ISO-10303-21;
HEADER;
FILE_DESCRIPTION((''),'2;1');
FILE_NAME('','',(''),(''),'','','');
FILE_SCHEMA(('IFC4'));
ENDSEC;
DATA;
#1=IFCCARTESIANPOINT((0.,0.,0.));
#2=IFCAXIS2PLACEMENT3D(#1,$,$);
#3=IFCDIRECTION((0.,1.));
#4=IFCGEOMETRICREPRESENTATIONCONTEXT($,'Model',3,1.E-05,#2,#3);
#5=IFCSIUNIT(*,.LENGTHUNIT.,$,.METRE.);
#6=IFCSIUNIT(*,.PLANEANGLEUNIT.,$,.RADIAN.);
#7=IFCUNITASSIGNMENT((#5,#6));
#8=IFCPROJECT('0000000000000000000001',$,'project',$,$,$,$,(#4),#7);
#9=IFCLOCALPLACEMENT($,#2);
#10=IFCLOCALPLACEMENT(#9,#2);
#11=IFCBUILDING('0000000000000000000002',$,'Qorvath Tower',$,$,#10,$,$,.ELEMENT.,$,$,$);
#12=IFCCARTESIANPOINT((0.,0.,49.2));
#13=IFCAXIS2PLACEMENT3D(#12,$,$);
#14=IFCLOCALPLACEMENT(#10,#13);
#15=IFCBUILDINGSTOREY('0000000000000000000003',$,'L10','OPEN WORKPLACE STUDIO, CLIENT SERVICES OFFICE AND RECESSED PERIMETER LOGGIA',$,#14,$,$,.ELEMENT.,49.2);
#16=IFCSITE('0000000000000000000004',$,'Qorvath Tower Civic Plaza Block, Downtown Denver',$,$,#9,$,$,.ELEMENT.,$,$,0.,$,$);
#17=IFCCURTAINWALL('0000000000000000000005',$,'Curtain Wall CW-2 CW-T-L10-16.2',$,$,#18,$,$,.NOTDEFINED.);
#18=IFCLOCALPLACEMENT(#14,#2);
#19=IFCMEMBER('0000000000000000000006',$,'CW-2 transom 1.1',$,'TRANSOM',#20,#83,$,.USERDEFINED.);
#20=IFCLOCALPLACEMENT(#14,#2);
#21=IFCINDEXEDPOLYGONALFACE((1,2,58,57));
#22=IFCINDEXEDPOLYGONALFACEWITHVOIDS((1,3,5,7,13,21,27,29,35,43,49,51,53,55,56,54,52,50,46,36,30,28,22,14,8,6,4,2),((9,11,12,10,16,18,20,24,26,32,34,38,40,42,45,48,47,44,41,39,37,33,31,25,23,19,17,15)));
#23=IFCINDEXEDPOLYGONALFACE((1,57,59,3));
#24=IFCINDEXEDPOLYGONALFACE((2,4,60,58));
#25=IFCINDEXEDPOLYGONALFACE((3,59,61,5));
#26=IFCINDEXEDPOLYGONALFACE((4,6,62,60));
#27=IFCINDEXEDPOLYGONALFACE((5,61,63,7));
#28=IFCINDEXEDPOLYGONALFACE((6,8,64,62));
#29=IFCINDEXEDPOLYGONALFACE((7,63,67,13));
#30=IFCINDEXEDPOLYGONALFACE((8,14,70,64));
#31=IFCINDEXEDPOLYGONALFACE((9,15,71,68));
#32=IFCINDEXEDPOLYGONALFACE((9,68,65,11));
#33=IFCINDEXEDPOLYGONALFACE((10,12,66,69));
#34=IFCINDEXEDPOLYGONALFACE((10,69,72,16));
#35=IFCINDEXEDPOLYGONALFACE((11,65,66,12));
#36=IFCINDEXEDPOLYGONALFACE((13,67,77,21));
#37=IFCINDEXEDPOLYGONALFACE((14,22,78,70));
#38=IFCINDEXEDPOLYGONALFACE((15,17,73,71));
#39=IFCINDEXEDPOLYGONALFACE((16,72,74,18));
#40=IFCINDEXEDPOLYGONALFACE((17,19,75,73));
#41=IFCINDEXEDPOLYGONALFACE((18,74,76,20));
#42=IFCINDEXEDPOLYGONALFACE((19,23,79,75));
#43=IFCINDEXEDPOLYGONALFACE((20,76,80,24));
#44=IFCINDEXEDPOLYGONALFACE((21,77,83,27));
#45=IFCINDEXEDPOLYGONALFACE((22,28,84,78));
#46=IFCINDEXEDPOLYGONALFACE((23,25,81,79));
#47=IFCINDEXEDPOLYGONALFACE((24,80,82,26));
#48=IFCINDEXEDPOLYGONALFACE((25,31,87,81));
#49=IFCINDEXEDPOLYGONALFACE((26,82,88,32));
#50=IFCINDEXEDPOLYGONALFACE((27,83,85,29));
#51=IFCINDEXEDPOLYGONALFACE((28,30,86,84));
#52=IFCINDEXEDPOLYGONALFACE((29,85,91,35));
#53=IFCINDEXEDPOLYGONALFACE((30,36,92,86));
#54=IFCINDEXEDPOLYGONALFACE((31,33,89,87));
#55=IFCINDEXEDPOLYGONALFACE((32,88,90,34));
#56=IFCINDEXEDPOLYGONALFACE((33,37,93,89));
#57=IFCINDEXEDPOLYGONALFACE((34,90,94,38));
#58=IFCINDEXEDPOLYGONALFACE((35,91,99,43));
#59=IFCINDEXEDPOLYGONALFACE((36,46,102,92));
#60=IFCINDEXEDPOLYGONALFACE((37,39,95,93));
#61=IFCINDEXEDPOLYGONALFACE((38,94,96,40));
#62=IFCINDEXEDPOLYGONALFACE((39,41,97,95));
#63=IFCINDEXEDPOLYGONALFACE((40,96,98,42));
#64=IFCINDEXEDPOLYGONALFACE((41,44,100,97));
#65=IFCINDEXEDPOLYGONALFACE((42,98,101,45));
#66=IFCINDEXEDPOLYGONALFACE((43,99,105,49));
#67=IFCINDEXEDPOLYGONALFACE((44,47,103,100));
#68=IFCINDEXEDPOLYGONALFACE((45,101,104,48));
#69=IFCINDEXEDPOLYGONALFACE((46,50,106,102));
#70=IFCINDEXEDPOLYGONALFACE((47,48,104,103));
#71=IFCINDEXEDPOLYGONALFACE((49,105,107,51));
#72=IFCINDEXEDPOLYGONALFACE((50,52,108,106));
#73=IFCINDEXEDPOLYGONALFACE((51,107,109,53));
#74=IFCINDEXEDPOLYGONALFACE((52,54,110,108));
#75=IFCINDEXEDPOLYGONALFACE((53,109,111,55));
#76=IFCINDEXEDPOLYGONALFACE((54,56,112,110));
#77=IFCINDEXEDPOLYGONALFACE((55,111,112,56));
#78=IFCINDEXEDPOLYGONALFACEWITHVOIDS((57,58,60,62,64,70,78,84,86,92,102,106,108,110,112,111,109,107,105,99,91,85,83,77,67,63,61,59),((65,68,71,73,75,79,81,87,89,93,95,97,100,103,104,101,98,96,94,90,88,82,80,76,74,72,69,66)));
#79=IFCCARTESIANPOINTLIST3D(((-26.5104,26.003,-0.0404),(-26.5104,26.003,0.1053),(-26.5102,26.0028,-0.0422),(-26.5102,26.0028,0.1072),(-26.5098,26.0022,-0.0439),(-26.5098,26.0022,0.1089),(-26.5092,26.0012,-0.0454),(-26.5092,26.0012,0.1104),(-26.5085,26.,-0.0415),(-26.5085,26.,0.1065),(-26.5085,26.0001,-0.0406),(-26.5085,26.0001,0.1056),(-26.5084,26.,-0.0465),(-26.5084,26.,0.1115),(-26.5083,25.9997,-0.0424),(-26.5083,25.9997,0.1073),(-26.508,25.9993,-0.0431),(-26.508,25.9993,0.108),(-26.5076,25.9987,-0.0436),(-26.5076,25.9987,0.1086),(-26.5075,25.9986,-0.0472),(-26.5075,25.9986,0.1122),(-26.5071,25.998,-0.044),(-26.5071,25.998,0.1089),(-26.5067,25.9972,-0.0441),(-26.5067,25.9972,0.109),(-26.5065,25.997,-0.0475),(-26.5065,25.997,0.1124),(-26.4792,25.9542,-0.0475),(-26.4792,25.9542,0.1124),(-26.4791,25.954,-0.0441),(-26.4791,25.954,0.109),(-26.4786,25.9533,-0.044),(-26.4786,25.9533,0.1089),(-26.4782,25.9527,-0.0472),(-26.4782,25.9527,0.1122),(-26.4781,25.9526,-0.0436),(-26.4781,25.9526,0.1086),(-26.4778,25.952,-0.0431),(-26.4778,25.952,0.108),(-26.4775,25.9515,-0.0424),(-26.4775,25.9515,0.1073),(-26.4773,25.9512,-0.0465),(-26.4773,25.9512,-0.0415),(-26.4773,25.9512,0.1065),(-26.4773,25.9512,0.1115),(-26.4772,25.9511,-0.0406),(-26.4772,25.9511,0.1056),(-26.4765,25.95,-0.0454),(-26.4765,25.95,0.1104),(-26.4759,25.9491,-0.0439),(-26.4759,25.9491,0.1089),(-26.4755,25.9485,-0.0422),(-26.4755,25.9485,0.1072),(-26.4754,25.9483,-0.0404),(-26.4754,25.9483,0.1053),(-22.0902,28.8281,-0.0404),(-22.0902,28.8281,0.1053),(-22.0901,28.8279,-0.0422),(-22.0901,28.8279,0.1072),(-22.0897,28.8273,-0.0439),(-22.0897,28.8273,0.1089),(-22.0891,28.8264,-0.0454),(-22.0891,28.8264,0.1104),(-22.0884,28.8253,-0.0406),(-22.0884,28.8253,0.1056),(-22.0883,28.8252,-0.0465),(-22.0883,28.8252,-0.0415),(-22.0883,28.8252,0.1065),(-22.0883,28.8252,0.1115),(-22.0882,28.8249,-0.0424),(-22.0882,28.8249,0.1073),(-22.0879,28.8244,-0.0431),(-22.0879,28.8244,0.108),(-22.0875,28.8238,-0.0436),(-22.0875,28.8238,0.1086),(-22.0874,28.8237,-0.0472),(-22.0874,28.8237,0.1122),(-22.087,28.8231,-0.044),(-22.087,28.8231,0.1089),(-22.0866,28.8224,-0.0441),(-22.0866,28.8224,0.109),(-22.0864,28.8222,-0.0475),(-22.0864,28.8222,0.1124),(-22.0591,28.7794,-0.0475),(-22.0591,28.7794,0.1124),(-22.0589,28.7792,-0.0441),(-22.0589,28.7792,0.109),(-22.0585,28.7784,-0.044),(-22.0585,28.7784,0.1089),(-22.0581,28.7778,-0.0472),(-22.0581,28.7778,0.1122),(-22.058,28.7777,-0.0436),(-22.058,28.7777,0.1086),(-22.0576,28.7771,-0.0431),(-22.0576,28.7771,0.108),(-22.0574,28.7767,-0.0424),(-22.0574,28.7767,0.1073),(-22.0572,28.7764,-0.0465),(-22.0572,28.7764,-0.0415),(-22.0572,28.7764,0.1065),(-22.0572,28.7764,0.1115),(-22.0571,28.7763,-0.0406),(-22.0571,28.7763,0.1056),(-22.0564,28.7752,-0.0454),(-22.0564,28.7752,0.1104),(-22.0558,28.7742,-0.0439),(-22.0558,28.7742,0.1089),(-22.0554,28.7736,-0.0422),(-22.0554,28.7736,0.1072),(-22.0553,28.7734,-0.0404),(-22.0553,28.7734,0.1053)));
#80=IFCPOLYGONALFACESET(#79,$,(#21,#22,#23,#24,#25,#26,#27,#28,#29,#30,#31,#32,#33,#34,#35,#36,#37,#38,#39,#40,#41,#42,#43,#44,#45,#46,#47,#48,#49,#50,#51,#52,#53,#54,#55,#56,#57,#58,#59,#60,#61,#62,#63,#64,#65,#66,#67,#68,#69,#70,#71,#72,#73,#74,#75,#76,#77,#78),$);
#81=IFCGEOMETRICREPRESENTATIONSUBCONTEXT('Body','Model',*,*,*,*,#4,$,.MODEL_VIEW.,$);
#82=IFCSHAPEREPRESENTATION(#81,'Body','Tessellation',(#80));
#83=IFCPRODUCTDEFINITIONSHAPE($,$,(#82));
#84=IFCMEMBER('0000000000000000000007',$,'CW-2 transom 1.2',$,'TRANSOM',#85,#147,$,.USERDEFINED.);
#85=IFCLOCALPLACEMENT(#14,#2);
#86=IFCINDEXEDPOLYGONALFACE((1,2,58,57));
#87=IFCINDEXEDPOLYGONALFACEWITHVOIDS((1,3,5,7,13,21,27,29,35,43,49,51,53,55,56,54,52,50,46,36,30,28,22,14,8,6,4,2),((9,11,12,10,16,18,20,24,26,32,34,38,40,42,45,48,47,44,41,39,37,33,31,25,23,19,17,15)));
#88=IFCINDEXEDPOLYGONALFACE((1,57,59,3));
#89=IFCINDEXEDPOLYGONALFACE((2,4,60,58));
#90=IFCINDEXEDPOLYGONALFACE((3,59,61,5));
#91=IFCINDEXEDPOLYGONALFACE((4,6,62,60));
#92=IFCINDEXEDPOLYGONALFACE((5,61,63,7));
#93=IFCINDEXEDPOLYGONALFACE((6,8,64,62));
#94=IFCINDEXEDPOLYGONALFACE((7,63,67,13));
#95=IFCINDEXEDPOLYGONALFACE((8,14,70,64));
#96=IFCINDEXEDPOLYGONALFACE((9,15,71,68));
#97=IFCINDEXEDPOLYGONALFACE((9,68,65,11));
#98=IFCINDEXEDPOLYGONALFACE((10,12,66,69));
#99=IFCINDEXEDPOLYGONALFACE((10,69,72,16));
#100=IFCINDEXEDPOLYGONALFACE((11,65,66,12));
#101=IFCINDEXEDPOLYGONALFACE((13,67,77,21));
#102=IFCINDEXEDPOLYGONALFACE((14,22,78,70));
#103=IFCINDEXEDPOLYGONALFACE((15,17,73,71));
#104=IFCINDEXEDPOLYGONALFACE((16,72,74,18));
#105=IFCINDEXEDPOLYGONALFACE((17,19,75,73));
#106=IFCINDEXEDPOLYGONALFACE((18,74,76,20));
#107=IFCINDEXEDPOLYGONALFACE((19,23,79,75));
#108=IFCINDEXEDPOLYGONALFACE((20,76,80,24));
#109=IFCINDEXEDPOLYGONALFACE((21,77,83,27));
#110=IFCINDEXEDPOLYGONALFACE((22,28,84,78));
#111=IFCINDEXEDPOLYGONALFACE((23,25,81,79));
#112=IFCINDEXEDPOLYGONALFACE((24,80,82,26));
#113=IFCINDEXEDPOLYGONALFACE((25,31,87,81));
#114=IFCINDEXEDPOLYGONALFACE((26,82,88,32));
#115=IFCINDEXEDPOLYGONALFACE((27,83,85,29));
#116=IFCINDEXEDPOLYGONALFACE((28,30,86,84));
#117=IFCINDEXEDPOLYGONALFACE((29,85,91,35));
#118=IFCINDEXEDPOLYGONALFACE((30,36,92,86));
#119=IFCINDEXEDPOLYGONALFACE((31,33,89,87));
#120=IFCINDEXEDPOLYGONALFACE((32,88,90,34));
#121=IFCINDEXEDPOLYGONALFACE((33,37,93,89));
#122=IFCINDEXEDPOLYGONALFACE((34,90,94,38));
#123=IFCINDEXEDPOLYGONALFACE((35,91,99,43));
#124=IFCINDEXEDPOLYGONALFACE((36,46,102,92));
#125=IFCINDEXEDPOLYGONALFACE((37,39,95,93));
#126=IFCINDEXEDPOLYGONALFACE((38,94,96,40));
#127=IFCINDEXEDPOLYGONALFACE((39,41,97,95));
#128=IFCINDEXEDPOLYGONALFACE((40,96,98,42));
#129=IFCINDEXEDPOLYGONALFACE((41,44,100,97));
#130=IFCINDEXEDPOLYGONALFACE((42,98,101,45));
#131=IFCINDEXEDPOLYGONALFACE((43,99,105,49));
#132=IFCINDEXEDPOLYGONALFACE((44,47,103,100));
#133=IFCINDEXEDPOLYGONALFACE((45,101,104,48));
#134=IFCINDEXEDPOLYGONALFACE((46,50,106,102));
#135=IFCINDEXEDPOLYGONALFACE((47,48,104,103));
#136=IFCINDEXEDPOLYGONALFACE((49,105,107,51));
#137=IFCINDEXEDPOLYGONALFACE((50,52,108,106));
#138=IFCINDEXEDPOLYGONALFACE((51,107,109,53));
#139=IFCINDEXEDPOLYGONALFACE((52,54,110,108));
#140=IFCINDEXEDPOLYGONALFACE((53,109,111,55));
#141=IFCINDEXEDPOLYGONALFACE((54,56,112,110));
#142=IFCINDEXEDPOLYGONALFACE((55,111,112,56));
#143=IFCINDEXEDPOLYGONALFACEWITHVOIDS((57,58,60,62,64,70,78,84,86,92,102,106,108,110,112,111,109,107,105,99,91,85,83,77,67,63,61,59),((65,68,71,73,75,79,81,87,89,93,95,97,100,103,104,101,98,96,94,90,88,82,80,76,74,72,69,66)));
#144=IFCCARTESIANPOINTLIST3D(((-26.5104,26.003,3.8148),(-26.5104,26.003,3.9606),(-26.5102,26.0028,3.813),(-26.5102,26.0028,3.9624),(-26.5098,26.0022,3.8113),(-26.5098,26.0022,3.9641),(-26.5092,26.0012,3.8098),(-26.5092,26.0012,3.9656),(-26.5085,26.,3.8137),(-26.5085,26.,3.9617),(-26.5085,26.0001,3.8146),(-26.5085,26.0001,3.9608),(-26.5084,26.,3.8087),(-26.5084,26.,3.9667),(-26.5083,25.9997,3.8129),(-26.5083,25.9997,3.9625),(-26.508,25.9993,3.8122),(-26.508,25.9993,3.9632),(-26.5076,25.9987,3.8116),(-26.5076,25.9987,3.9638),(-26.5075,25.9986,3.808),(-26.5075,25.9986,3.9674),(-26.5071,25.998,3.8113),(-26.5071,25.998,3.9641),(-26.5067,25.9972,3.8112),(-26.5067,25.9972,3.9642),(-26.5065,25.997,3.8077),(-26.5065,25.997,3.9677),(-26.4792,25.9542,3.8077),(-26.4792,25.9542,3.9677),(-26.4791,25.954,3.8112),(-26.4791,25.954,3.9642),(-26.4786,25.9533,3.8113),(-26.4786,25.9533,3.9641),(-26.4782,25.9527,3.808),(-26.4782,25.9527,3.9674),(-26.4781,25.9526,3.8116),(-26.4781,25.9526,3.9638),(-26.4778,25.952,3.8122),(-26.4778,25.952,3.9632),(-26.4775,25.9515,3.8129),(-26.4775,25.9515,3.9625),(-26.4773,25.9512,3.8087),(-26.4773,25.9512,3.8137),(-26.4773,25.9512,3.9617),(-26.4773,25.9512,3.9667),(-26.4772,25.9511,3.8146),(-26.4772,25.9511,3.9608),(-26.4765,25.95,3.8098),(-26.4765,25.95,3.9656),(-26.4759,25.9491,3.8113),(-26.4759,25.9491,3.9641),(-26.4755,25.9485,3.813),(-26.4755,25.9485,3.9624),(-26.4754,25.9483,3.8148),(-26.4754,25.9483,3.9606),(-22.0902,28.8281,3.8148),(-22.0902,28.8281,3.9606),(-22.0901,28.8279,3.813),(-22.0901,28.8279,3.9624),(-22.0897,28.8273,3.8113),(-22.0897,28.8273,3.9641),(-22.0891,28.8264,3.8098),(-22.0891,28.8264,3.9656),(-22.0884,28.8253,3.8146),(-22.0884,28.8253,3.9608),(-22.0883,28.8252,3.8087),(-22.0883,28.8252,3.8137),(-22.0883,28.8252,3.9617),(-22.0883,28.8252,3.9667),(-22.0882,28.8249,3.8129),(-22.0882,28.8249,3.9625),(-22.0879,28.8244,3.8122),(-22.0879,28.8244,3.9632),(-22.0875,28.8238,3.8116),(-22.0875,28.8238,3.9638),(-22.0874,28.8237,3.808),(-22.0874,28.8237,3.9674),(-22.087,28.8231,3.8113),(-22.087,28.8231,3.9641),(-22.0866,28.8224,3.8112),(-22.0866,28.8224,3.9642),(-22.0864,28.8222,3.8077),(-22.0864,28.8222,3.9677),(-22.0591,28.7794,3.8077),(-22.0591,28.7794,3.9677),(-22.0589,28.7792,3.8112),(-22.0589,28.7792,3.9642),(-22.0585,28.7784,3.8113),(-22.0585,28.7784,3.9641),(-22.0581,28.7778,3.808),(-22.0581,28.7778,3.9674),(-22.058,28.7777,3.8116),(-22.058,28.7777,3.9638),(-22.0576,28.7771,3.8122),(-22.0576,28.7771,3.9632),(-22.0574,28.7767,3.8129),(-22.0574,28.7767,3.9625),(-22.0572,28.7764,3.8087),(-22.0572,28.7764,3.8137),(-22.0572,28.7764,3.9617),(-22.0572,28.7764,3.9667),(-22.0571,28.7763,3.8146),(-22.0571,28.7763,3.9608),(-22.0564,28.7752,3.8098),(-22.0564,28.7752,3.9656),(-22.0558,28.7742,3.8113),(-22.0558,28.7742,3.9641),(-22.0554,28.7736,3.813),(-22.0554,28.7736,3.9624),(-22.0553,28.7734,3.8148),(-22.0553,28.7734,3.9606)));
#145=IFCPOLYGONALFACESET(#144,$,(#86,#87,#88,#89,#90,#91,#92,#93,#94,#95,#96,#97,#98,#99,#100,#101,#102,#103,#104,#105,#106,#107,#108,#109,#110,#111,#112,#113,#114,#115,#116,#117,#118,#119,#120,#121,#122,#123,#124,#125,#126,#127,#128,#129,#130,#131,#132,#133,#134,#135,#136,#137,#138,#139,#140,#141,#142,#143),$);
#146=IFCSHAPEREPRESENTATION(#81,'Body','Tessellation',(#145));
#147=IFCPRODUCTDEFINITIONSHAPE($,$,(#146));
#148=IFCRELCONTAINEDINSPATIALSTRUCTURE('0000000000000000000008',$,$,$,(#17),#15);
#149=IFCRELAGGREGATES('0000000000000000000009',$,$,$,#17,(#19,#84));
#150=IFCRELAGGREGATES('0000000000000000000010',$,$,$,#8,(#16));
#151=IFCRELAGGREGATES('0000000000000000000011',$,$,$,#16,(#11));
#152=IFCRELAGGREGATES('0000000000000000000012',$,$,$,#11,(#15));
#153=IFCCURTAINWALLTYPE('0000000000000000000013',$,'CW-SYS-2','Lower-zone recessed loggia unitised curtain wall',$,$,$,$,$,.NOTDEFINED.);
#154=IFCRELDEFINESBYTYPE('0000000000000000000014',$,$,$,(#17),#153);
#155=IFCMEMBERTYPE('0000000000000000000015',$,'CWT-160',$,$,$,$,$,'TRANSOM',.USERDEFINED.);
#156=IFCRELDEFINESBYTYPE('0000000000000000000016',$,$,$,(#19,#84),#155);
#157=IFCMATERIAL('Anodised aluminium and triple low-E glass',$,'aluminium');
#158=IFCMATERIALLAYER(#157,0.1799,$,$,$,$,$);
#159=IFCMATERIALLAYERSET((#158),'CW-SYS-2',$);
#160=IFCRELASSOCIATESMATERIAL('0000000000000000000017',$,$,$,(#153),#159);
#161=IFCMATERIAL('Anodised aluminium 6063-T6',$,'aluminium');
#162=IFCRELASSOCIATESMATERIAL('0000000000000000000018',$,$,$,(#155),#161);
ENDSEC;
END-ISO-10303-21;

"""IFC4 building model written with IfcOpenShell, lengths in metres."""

from ifc_helpers import new_model, si_unit, direction, frame, origin, origin_2d, place, context, subcontext, project, spatial, hollow_rectangle, extrude, material, layer, layer_set, material_profile, profile_set, type_object, element, aggregate, save


model = new_model("IFC4")

# Units and contexts
model_context = context("Model", 3, precision=1e-05, world=origin(), true_north=direction((0.0, 1.0)))
body_context = subcontext(model_context, "Body", "Model", "MODEL_VIEW")
ifc_project = project(units=[si_unit("LENGTHUNIT", "METRE"), si_unit("PLANEANGLEUNIT", "RADIAN")], contexts=[model_context])

# Site, building, storey
site_placement = place(None, origin())
site = spatial("IfcSite", under=ifc_project, at=site_placement, Name="Qorvath Tower Civic Plaza Block, Downtown Denver", CompositionType="ELEMENT", RefElevation=0.0)
building_placement = place(site_placement, origin())
building = spatial("IfcBuilding", under=site, at=building_placement, Name="Qorvath Tower", CompositionType="ELEMENT")
storey_placement = place(building_placement, frame((0.0, 0.0, 49.2)))
storey = spatial("IfcBuildingStorey", under=building, at=storey_placement, Name="L10", Description="OPEN WORKPLACE STUDIO, CLIENT SERVICES OFFICE AND RECESSED PERIMETER LOGGIA", CompositionType="ELEMENT", Elevation=49.2)

# Shared definitions
ifc_material_1 = material(Name="Anodised aluminium and triple low-E glass", Category="aluminium")
ifc_layer_1 = layer(ifc_material_1, 0.1799)
ifc_layer_set_1 = layer_set([ifc_layer_1], Name="CW-SYS-2")
curtain_wall_type = type_object("IfcCurtainWallType", Name="CW-SYS-2", Description="Lower-zone recessed loggia unitised curtain wall", PredefinedType="NOTDEFINED", material=ifc_layer_set_1)

# Curtain wall, members
curtain_wall_1_placement = place(storey_placement, origin())
curtain_wall_1 = element("IfcCurtainWall", 1, at=curtain_wall_1_placement, inside=storey, type_object=curtain_wall_type, Name="Curtain Wall CW-2 CW-T-L10-16.2", PredefinedType="NOTDEFINED")
ifc_material_2 = material(Name="Anodised aluminium 6063-T6", Category="aluminium")
ifc_material_profile_1 = material_profile(ifc_material_2, hollow_rectangle(XDim=0.0649, YDim=0.1599, WallThickness=0.0034, InnerFilletRadius=0.0034, OuterFilletRadius=0.0071, at=origin_2d()), Name="CWT 160x65")
ifc_profile_set_1 = profile_set([ifc_material_profile_1], Name="Anodised aluminium 6063-T6")
member_type_1 = type_object("IfcMemberType", Name="CWT-160", ElementType="TRANSOM", PredefinedType="USERDEFINED", material=ifc_profile_set_1)
member_1_placement = place(storey_placement, frame((-22.0728, 28.8008, 0.0325), z_axis=(-0.842592, -0.538552, 0.0), x_axis=(0.538552, -0.842592, 0.0)))
member_1 = element("IfcMember", 2, at=member_1_placement, type_object=member_type_1, Name="CW-2 transom 1.1", ObjectType="TRANSOM", PredefinedType="USERDEFINED", context=body_context, shape_type="SweptSolid", body=[
    extrude(hollow_rectangle(XDim=0.0649, YDim=0.1599, WallThickness=0.0034, InnerFilletRadius=0.0034, OuterFilletRadius=0.0071, at=origin_2d()), origin(), (0.0, 0.0, 1.0), 5.2458),
])
member_2_placement = place(storey_placement, frame((-22.0728, 28.8008, 3.8877), z_axis=(-0.842592, -0.538552, 0.0), x_axis=(0.538552, -0.842592, 0.0)))
member_2 = element("IfcMember", 3, at=member_2_placement, type_object=member_type_1, Name="CW-2 transom 1.2", ObjectType="TRANSOM", PredefinedType="USERDEFINED", context=body_context, shape_type="SweptSolid", body=[
    extrude(hollow_rectangle(XDim=0.0649, YDim=0.1599, WallThickness=0.0034, InnerFilletRadius=0.0034, OuterFilletRadius=0.0071, at=origin_2d()), origin(), (0.0, 0.0, 1.0), 5.2458),
])
aggregate(curtain_wall_1, [member_1, member_2])

save(model, "model.ifc")
